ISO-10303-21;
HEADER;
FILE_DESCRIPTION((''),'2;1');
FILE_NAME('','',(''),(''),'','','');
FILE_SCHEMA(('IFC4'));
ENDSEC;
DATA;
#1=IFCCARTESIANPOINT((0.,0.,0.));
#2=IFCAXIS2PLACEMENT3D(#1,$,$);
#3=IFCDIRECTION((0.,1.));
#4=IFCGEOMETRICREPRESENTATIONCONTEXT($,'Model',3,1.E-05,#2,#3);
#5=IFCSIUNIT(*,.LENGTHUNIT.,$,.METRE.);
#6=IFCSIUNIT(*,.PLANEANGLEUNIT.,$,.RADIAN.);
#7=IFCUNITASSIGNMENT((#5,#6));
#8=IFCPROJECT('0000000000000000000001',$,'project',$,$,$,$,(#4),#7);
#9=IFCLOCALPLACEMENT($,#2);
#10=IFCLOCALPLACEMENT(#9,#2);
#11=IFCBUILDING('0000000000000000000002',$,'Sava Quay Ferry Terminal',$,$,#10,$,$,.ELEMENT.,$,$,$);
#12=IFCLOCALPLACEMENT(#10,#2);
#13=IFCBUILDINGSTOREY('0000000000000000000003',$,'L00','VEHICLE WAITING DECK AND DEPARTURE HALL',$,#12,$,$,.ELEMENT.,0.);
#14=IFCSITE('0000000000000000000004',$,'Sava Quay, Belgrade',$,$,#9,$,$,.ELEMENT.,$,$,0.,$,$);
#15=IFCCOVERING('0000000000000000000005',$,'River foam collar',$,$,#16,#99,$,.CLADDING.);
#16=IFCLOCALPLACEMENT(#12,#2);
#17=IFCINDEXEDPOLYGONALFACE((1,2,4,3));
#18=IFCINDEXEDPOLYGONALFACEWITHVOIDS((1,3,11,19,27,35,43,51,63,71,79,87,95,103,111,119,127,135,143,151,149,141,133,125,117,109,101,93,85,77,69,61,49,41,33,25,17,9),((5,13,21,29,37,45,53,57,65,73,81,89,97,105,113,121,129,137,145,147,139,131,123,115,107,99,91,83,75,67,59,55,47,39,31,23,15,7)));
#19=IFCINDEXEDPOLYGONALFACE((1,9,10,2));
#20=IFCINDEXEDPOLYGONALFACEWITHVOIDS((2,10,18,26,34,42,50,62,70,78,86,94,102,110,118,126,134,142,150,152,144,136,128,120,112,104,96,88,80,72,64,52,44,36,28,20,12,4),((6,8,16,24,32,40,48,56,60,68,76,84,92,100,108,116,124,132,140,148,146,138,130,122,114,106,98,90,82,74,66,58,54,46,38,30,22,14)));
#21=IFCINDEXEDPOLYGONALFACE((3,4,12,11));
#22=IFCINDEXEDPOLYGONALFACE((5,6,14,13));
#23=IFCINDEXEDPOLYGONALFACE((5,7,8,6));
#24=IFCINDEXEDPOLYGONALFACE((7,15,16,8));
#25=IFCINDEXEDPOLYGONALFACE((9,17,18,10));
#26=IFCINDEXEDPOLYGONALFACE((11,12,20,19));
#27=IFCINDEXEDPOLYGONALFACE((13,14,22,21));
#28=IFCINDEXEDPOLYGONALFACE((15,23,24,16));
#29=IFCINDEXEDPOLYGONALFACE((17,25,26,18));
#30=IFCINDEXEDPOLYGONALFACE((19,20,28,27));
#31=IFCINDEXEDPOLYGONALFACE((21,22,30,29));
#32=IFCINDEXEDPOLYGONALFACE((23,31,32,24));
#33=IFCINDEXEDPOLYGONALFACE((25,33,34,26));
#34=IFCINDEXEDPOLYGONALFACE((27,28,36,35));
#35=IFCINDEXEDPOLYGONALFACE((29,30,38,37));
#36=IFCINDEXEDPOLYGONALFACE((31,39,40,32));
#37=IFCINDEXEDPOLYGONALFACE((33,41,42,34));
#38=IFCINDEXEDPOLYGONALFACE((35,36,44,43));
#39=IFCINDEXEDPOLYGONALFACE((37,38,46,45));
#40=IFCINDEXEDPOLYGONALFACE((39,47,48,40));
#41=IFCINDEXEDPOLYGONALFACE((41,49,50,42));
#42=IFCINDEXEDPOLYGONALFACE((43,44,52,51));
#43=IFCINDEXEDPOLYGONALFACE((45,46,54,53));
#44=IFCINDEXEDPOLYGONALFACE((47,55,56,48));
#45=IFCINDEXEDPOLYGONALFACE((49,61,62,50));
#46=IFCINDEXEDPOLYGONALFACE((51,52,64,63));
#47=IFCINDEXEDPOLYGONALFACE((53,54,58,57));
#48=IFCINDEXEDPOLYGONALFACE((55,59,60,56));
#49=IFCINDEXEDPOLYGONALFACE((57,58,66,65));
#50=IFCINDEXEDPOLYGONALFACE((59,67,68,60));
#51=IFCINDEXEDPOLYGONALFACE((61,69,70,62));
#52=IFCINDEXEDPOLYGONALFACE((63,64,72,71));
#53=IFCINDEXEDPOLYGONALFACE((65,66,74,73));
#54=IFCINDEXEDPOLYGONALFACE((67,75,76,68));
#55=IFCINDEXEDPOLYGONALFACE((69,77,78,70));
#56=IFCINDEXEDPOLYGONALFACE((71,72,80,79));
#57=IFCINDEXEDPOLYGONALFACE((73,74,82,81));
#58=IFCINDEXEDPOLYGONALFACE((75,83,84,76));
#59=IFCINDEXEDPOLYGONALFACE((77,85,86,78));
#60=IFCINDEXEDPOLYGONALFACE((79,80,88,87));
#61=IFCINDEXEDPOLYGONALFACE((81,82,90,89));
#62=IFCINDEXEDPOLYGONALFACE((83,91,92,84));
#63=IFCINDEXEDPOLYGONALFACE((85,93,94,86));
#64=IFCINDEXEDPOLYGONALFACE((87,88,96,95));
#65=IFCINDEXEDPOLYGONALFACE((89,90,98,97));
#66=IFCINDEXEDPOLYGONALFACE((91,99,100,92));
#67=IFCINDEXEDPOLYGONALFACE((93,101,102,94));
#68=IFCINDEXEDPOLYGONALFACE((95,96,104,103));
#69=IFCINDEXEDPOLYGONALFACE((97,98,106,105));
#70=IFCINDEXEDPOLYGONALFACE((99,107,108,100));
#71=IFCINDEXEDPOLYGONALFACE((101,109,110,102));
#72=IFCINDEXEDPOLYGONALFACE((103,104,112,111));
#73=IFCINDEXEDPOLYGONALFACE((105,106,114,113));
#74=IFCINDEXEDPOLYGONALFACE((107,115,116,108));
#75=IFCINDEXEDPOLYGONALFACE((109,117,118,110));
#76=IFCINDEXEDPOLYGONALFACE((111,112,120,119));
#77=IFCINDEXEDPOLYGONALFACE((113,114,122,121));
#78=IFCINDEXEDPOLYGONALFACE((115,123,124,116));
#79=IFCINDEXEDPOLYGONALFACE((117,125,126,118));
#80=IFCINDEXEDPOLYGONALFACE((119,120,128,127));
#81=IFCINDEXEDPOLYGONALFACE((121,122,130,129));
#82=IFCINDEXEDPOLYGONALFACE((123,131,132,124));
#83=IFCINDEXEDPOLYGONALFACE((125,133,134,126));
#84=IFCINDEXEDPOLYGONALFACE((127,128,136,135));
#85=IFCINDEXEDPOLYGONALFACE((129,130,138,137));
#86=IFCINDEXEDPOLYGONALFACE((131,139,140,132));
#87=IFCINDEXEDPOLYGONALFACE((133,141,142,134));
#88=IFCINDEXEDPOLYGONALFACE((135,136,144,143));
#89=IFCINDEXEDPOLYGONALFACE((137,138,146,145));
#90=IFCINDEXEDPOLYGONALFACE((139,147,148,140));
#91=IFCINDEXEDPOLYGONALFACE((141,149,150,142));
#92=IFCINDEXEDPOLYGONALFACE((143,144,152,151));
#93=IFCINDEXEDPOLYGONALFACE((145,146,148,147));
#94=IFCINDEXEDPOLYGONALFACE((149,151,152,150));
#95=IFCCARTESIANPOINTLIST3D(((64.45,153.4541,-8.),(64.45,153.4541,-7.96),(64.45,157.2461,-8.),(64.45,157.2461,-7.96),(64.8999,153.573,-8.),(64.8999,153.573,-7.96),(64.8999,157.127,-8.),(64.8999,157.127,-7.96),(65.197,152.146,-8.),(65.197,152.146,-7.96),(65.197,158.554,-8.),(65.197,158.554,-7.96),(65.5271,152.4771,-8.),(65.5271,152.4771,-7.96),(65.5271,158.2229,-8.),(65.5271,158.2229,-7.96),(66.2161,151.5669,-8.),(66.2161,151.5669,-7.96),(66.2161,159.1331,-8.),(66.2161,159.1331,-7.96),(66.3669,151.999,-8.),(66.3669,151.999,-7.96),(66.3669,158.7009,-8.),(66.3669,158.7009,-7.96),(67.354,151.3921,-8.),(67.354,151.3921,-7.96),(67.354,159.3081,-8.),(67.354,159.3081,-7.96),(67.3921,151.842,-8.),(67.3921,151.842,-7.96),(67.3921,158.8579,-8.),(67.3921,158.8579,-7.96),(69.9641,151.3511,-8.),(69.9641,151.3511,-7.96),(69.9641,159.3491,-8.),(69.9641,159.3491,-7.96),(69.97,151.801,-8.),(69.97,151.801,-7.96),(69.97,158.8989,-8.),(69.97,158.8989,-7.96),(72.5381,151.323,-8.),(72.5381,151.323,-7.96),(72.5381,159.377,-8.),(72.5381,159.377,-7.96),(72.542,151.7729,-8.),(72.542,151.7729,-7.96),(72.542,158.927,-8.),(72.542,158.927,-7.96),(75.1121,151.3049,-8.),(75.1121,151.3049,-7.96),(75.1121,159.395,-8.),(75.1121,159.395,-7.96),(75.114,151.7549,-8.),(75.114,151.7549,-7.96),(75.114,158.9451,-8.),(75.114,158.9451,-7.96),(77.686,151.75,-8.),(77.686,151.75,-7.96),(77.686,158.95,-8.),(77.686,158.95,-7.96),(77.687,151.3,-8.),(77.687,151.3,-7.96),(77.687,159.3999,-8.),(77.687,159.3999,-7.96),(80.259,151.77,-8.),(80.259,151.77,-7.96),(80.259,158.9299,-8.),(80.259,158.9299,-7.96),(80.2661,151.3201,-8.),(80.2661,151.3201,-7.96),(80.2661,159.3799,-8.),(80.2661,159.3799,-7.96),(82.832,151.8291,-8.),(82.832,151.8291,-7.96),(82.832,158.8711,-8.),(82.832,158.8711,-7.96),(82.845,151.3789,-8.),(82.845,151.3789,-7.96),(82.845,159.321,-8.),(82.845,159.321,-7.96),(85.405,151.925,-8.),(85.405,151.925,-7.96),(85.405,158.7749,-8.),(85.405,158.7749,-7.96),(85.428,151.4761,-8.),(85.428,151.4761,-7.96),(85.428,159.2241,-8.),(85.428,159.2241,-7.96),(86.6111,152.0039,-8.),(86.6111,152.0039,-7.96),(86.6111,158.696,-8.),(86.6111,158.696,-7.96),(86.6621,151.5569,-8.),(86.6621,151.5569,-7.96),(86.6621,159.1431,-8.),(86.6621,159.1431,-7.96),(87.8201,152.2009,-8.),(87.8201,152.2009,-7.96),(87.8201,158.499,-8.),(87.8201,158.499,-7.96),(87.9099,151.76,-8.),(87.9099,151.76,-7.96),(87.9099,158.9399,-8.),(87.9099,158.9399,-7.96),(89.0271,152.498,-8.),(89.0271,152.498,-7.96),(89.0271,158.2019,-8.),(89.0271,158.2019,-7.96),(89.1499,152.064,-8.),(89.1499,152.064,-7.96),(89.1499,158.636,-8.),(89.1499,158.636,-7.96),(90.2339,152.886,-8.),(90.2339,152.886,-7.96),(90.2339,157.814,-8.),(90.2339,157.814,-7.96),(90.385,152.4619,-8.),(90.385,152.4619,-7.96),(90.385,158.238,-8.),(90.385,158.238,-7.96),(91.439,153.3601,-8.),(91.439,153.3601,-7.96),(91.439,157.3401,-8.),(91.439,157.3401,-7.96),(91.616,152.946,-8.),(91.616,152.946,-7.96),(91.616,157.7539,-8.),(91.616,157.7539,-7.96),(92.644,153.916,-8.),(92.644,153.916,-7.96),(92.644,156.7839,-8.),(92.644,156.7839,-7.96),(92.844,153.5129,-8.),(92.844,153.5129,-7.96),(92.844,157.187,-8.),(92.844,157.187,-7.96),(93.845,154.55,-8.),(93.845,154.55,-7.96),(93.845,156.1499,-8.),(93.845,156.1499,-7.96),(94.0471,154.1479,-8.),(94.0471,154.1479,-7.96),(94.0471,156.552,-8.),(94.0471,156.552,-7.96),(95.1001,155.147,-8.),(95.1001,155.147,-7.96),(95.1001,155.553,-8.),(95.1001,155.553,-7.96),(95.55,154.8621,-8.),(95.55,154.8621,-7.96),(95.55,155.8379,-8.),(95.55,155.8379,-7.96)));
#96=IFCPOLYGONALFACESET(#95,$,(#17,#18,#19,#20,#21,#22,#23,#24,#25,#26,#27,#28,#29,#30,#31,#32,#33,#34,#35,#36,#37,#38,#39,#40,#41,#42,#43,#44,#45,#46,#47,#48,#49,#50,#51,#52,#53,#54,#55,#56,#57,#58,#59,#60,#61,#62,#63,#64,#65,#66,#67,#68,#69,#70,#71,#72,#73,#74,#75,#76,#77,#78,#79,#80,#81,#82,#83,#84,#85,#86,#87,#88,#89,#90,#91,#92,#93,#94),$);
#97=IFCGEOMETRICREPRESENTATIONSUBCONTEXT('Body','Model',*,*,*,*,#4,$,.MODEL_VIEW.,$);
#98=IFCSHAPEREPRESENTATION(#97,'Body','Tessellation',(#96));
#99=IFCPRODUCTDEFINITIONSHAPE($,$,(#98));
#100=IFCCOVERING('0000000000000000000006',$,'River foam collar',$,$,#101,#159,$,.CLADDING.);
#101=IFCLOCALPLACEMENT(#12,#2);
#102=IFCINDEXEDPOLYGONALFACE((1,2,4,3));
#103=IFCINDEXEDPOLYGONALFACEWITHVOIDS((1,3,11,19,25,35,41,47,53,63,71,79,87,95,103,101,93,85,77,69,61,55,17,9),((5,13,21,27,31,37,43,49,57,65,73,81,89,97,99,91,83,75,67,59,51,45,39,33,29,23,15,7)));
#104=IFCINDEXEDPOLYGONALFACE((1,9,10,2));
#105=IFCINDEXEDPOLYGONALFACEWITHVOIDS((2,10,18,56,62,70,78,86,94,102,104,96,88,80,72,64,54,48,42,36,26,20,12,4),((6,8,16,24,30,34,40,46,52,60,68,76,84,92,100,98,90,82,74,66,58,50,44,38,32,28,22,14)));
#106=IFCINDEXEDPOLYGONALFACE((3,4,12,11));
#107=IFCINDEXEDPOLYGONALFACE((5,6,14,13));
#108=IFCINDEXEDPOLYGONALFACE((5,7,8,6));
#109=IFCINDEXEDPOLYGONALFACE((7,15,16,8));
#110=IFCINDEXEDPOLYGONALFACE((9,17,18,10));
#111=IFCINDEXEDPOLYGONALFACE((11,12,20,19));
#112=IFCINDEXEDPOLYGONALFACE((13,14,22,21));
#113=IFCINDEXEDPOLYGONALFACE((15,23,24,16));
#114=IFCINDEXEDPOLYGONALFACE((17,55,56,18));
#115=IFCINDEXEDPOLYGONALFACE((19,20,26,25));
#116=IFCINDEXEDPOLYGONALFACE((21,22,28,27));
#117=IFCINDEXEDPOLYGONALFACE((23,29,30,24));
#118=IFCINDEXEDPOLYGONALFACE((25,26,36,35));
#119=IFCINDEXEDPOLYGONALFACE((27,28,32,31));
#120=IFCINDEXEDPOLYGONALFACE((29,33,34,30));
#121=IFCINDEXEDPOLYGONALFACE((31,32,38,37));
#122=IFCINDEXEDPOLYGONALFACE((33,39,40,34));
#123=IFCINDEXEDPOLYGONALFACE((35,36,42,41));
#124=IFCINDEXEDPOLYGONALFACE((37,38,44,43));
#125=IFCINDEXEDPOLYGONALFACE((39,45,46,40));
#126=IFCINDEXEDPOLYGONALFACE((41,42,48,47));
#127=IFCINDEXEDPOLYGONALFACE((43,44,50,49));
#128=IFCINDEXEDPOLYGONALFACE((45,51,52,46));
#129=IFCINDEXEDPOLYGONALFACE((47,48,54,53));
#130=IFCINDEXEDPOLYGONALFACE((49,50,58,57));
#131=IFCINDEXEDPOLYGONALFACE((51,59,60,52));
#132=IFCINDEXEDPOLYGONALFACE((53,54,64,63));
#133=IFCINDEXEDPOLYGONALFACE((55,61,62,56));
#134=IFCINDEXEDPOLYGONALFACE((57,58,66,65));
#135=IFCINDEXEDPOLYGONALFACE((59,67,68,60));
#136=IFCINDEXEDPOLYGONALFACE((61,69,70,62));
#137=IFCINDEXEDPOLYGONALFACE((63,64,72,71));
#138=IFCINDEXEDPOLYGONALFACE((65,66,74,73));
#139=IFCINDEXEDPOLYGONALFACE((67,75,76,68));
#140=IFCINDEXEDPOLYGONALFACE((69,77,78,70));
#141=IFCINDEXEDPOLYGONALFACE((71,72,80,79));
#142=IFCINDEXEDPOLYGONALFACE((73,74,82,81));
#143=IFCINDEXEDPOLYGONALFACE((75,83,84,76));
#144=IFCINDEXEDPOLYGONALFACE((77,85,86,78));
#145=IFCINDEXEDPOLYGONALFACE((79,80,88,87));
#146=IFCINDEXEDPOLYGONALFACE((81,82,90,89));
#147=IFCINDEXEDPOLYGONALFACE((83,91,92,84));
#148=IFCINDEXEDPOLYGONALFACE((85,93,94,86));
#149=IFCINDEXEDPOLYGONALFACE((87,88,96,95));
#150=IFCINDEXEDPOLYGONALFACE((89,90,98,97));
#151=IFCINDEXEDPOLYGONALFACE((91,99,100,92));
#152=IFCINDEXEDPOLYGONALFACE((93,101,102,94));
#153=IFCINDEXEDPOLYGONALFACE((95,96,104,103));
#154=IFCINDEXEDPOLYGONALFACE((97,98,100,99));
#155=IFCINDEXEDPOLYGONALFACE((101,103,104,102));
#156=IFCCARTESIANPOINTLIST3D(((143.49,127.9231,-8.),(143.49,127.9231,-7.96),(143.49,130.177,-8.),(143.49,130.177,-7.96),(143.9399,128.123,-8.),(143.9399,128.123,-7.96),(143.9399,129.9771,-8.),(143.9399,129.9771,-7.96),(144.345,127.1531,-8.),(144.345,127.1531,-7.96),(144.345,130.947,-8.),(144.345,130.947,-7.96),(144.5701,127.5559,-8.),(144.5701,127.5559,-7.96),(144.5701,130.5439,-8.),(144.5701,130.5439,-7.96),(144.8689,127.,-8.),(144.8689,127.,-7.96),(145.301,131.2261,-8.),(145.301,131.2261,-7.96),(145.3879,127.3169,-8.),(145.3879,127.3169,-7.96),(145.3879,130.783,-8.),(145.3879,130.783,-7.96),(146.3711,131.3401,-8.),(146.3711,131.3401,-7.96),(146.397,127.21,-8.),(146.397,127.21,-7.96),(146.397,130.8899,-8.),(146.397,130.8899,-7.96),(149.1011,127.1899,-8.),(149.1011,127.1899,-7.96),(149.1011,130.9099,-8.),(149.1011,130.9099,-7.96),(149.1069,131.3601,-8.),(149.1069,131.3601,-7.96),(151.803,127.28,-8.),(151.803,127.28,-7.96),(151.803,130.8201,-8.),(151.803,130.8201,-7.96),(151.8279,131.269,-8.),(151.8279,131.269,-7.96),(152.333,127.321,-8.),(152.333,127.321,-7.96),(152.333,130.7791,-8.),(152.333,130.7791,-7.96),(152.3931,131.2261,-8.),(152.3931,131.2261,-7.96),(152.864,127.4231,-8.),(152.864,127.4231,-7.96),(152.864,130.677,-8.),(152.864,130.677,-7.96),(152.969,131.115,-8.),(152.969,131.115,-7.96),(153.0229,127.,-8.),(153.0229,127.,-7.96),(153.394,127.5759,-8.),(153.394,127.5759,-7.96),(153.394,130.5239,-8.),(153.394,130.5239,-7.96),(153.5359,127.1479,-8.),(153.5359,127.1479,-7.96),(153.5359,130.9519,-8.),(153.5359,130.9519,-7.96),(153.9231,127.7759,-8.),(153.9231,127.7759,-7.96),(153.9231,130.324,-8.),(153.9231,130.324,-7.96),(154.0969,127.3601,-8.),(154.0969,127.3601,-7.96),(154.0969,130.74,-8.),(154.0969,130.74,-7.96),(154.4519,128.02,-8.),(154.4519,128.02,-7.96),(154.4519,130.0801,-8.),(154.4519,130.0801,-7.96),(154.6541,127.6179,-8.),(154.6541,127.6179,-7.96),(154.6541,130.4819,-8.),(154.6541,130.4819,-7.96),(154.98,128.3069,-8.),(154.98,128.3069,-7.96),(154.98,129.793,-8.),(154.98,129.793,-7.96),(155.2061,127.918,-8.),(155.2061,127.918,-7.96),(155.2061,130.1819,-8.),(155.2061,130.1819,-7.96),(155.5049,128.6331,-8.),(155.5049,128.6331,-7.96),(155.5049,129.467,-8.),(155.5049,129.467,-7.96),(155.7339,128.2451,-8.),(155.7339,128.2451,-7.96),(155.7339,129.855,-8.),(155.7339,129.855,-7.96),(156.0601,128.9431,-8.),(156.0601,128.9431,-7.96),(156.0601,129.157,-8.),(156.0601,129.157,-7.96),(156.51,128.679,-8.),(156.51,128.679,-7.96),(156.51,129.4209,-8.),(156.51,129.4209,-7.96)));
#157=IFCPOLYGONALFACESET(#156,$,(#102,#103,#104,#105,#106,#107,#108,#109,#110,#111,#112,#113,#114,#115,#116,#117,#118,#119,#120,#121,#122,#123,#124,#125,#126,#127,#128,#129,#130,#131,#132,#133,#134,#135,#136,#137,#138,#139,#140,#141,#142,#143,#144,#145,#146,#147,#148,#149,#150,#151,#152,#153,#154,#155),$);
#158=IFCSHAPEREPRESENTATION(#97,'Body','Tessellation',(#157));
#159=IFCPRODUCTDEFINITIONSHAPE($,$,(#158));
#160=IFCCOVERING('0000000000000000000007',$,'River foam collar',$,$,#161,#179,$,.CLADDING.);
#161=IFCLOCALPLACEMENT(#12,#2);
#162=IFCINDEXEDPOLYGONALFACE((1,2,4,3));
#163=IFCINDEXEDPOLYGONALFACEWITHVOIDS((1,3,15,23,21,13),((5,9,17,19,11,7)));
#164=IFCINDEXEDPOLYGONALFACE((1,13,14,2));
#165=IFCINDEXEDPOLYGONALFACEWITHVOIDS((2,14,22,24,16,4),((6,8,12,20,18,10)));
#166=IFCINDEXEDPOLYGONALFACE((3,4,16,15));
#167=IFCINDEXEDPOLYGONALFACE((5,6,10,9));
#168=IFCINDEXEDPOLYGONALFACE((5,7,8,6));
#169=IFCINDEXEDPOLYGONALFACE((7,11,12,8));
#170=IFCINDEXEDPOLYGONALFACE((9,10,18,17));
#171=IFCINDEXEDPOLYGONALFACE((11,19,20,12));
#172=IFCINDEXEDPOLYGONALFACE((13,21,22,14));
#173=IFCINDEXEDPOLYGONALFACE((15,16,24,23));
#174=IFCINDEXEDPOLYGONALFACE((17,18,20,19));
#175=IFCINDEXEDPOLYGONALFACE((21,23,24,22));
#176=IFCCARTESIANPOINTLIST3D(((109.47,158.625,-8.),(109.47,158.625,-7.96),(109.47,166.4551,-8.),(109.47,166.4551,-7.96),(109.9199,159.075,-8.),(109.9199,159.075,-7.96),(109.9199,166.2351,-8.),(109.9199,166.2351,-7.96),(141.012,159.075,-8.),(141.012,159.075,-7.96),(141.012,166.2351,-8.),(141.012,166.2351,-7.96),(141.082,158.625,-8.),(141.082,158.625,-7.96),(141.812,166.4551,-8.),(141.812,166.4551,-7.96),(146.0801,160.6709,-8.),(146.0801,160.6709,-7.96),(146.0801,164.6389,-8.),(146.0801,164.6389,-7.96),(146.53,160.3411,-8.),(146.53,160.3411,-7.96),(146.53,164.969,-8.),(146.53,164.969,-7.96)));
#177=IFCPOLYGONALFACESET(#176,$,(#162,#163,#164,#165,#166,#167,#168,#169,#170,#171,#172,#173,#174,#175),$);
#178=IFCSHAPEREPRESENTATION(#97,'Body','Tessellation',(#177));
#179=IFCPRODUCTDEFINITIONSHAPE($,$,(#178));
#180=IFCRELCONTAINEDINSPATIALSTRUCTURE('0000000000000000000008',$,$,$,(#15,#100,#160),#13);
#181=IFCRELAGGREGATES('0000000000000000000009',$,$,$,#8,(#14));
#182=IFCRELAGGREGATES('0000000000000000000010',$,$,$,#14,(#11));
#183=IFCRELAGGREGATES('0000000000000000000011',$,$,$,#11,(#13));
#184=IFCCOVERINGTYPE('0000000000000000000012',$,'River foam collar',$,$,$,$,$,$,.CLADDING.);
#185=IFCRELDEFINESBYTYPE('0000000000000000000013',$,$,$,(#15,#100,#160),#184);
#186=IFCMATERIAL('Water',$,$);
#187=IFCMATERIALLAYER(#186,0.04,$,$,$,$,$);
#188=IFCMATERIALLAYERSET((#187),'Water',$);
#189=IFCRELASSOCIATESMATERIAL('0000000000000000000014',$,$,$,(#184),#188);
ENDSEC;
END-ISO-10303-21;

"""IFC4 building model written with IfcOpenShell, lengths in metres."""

from ifc_helpers import new_model, si_unit, direction, frame, origin, place, context, subcontext, project, spatial, polyline, outline, extrude, material, layer, layer_set, type_object, element, save


model = new_model("IFC4")

# Units and contexts
model_context = context("Model", 3, precision=1e-05, world=origin(), true_north=direction((0.0, 1.0)))
body_context = subcontext(model_context, "Body", "Model", "MODEL_VIEW")
ifc_project = project(units=[si_unit("LENGTHUNIT", "METRE"), si_unit("PLANEANGLEUNIT", "RADIAN")], contexts=[model_context])

# Site, building, storey
site_placement = place(None, origin())
site = spatial("IfcSite", under=ifc_project, at=site_placement, Name="Sava Quay, Belgrade", CompositionType="ELEMENT", RefElevation=0.0)
building_placement = place(site_placement, origin())
building = spatial("IfcBuilding", under=site, at=building_placement, Name="Sava Quay Ferry Terminal", CompositionType="ELEMENT")
storey_placement = place(building_placement, origin())
storey = spatial("IfcBuildingStorey", under=building, at=storey_placement, Name="L00", Description="VEHICLE WAITING DECK AND DEPARTURE HALL", CompositionType="ELEMENT", Elevation=0.0)

# Coverings
ifc_material_1 = material(Name="Water")
ifc_layer_1 = layer(ifc_material_1, 0.04)
ifc_layer_set_1 = layer_set([ifc_layer_1], Name="Water")
covering_type_1 = type_object("IfcCoveringType", Name="River foam collar", PredefinedType="CLADDING", material=ifc_layer_set_1)
covering_1_placement = place(storey_placement, frame((0.0, 0.0, -8.0)))
element("IfcCovering", 1, at=covering_1_placement, inside=storey, type_object=covering_type_1, Name="River foam collar", PredefinedType="CLADDING", context=body_context, shape_type="SweptSolid", body=[
    extrude(outline(polyline([(69.9641, 159.3491), (67.354, 159.3081), (66.2161, 159.1331), (65.197, 158.554), (64.45, 157.2461), (64.45, 153.4541), (65.197, 152.146), (66.2161, 151.5669), (67.354, 151.3921), (69.9641, 151.3511), (72.5381, 151.323), (75.1121, 151.3049), (77.687, 151.3), (80.2661, 151.3201), (82.845, 151.3789), (85.428, 151.4761), (86.6621, 151.5569), (87.9099, 151.76), (89.1499, 152.064), (90.385, 152.4619), (91.616, 152.946), (92.844, 153.5129), (94.0471, 154.1479), (95.55, 154.8621), (95.55, 155.8379), (94.0471, 156.552), (92.844, 157.187), (91.616, 157.7539), (90.385, 158.238), (89.1499, 158.636), (87.9099, 158.9399), (86.6621, 159.1431), (85.428, 159.2241), (82.845, 159.321), (80.2661, 159.3799), (77.687, 159.3999), (75.1121, 159.395), (72.5381, 159.377), (69.9641, 159.3491)]), holes=[polyline([(67.3921, 151.842), (66.3669, 151.999), (65.5271, 152.4771), (64.8999, 153.573), (64.8999, 157.127), (65.5271, 158.2229), (66.3669, 158.7009), (67.3921, 158.8579), (69.97, 158.8989), (72.542, 158.927), (75.114, 158.9451), (77.686, 158.95), (80.259, 158.9299), (82.832, 158.8711), (85.405, 158.7749), (86.6111, 158.696), (87.8201, 158.499), (89.0271, 158.2019), (90.2339, 157.814), (91.439, 157.3401), (92.644, 156.7839), (93.845, 156.1499), (95.1001, 155.553), (95.1001, 155.147), (93.845, 154.55), (92.644, 153.916), (91.439, 153.3601), (90.2339, 152.886), (89.0271, 152.498), (87.8201, 152.2009), (86.6111, 152.0039), (85.405, 151.925), (82.832, 151.8291), (80.259, 151.77), (77.686, 151.75), (75.114, 151.7549), (72.542, 151.7729), (69.97, 151.801), (67.3921, 151.842)])]), origin(), (0.0, 0.0, 1.0), 0.04),
])
covering_2_placement = place(storey_placement, frame((0.0, 0.0, -8.0)))
element("IfcCovering", 2, at=covering_2_placement, inside=storey, type_object=covering_type_1, Name="River foam collar", PredefinedType="CLADDING", context=body_context, shape_type="SweptSolid", body=[
    extrude(outline(polyline([(151.8279, 131.269), (149.1069, 131.3601), (146.3711, 131.3401), (145.301, 131.2261), (144.345, 130.947), (143.49, 130.177), (143.49, 127.9231), (144.345, 127.1531), (144.8689, 127.0), (153.0229, 127.0), (153.5359, 127.1479), (154.0969, 127.3601), (154.6541, 127.6179), (155.2061, 127.918), (155.7339, 128.2451), (156.51, 128.679), (156.51, 129.4209), (155.7339, 129.855), (155.2061, 130.1819), (154.6541, 130.4819), (154.0969, 130.74), (153.5359, 130.9519), (152.969, 131.115), (152.3931, 131.2261), (151.8279, 131.269)]), holes=[polyline([(146.397, 127.21), (145.3879, 127.3169), (144.5701, 127.5559), (143.9399, 128.123), (143.9399, 129.9771), (144.5701, 130.5439), (145.3879, 130.783), (146.397, 130.8899), (149.1011, 130.9099), (151.803, 130.8201), (152.333, 130.7791), (152.864, 130.677), (153.394, 130.5239), (153.9231, 130.324), (154.4519, 130.0801), (154.98, 129.793), (155.5049, 129.467), (156.0601, 129.157), (156.0601, 128.9431), (155.5049, 128.6331), (154.98, 128.3069), (154.4519, 128.02), (153.9231, 127.7759), (153.394, 127.5759), (152.864, 127.4231), (152.333, 127.321), (151.803, 127.28), (149.1011, 127.1899), (146.397, 127.21)])]), origin(), (0.0, 0.0, 1.0), 0.04),
])
covering_3_placement = place(storey_placement, frame((0.0, 0.0, -8.0)))
element("IfcCovering", 3, at=covering_3_placement, inside=storey, type_object=covering_type_1, Name="River foam collar", PredefinedType="CLADDING", context=body_context, shape_type="SweptSolid", body=[
    extrude(outline(polyline([(109.47, 166.4551), (109.47, 158.625), (141.082, 158.625), (146.53, 160.3411), (146.53, 164.969), (141.812, 166.4551), (109.47, 166.4551)]), holes=[polyline([(109.9199, 166.2351), (141.012, 166.2351), (146.0801, 164.6389), (146.0801, 160.6709), (141.012, 159.075), (109.9199, 159.075), (109.9199, 166.2351)])]), origin(), (0.0, 0.0, 1.0), 0.04),
])

save(model, "model.ifc")
